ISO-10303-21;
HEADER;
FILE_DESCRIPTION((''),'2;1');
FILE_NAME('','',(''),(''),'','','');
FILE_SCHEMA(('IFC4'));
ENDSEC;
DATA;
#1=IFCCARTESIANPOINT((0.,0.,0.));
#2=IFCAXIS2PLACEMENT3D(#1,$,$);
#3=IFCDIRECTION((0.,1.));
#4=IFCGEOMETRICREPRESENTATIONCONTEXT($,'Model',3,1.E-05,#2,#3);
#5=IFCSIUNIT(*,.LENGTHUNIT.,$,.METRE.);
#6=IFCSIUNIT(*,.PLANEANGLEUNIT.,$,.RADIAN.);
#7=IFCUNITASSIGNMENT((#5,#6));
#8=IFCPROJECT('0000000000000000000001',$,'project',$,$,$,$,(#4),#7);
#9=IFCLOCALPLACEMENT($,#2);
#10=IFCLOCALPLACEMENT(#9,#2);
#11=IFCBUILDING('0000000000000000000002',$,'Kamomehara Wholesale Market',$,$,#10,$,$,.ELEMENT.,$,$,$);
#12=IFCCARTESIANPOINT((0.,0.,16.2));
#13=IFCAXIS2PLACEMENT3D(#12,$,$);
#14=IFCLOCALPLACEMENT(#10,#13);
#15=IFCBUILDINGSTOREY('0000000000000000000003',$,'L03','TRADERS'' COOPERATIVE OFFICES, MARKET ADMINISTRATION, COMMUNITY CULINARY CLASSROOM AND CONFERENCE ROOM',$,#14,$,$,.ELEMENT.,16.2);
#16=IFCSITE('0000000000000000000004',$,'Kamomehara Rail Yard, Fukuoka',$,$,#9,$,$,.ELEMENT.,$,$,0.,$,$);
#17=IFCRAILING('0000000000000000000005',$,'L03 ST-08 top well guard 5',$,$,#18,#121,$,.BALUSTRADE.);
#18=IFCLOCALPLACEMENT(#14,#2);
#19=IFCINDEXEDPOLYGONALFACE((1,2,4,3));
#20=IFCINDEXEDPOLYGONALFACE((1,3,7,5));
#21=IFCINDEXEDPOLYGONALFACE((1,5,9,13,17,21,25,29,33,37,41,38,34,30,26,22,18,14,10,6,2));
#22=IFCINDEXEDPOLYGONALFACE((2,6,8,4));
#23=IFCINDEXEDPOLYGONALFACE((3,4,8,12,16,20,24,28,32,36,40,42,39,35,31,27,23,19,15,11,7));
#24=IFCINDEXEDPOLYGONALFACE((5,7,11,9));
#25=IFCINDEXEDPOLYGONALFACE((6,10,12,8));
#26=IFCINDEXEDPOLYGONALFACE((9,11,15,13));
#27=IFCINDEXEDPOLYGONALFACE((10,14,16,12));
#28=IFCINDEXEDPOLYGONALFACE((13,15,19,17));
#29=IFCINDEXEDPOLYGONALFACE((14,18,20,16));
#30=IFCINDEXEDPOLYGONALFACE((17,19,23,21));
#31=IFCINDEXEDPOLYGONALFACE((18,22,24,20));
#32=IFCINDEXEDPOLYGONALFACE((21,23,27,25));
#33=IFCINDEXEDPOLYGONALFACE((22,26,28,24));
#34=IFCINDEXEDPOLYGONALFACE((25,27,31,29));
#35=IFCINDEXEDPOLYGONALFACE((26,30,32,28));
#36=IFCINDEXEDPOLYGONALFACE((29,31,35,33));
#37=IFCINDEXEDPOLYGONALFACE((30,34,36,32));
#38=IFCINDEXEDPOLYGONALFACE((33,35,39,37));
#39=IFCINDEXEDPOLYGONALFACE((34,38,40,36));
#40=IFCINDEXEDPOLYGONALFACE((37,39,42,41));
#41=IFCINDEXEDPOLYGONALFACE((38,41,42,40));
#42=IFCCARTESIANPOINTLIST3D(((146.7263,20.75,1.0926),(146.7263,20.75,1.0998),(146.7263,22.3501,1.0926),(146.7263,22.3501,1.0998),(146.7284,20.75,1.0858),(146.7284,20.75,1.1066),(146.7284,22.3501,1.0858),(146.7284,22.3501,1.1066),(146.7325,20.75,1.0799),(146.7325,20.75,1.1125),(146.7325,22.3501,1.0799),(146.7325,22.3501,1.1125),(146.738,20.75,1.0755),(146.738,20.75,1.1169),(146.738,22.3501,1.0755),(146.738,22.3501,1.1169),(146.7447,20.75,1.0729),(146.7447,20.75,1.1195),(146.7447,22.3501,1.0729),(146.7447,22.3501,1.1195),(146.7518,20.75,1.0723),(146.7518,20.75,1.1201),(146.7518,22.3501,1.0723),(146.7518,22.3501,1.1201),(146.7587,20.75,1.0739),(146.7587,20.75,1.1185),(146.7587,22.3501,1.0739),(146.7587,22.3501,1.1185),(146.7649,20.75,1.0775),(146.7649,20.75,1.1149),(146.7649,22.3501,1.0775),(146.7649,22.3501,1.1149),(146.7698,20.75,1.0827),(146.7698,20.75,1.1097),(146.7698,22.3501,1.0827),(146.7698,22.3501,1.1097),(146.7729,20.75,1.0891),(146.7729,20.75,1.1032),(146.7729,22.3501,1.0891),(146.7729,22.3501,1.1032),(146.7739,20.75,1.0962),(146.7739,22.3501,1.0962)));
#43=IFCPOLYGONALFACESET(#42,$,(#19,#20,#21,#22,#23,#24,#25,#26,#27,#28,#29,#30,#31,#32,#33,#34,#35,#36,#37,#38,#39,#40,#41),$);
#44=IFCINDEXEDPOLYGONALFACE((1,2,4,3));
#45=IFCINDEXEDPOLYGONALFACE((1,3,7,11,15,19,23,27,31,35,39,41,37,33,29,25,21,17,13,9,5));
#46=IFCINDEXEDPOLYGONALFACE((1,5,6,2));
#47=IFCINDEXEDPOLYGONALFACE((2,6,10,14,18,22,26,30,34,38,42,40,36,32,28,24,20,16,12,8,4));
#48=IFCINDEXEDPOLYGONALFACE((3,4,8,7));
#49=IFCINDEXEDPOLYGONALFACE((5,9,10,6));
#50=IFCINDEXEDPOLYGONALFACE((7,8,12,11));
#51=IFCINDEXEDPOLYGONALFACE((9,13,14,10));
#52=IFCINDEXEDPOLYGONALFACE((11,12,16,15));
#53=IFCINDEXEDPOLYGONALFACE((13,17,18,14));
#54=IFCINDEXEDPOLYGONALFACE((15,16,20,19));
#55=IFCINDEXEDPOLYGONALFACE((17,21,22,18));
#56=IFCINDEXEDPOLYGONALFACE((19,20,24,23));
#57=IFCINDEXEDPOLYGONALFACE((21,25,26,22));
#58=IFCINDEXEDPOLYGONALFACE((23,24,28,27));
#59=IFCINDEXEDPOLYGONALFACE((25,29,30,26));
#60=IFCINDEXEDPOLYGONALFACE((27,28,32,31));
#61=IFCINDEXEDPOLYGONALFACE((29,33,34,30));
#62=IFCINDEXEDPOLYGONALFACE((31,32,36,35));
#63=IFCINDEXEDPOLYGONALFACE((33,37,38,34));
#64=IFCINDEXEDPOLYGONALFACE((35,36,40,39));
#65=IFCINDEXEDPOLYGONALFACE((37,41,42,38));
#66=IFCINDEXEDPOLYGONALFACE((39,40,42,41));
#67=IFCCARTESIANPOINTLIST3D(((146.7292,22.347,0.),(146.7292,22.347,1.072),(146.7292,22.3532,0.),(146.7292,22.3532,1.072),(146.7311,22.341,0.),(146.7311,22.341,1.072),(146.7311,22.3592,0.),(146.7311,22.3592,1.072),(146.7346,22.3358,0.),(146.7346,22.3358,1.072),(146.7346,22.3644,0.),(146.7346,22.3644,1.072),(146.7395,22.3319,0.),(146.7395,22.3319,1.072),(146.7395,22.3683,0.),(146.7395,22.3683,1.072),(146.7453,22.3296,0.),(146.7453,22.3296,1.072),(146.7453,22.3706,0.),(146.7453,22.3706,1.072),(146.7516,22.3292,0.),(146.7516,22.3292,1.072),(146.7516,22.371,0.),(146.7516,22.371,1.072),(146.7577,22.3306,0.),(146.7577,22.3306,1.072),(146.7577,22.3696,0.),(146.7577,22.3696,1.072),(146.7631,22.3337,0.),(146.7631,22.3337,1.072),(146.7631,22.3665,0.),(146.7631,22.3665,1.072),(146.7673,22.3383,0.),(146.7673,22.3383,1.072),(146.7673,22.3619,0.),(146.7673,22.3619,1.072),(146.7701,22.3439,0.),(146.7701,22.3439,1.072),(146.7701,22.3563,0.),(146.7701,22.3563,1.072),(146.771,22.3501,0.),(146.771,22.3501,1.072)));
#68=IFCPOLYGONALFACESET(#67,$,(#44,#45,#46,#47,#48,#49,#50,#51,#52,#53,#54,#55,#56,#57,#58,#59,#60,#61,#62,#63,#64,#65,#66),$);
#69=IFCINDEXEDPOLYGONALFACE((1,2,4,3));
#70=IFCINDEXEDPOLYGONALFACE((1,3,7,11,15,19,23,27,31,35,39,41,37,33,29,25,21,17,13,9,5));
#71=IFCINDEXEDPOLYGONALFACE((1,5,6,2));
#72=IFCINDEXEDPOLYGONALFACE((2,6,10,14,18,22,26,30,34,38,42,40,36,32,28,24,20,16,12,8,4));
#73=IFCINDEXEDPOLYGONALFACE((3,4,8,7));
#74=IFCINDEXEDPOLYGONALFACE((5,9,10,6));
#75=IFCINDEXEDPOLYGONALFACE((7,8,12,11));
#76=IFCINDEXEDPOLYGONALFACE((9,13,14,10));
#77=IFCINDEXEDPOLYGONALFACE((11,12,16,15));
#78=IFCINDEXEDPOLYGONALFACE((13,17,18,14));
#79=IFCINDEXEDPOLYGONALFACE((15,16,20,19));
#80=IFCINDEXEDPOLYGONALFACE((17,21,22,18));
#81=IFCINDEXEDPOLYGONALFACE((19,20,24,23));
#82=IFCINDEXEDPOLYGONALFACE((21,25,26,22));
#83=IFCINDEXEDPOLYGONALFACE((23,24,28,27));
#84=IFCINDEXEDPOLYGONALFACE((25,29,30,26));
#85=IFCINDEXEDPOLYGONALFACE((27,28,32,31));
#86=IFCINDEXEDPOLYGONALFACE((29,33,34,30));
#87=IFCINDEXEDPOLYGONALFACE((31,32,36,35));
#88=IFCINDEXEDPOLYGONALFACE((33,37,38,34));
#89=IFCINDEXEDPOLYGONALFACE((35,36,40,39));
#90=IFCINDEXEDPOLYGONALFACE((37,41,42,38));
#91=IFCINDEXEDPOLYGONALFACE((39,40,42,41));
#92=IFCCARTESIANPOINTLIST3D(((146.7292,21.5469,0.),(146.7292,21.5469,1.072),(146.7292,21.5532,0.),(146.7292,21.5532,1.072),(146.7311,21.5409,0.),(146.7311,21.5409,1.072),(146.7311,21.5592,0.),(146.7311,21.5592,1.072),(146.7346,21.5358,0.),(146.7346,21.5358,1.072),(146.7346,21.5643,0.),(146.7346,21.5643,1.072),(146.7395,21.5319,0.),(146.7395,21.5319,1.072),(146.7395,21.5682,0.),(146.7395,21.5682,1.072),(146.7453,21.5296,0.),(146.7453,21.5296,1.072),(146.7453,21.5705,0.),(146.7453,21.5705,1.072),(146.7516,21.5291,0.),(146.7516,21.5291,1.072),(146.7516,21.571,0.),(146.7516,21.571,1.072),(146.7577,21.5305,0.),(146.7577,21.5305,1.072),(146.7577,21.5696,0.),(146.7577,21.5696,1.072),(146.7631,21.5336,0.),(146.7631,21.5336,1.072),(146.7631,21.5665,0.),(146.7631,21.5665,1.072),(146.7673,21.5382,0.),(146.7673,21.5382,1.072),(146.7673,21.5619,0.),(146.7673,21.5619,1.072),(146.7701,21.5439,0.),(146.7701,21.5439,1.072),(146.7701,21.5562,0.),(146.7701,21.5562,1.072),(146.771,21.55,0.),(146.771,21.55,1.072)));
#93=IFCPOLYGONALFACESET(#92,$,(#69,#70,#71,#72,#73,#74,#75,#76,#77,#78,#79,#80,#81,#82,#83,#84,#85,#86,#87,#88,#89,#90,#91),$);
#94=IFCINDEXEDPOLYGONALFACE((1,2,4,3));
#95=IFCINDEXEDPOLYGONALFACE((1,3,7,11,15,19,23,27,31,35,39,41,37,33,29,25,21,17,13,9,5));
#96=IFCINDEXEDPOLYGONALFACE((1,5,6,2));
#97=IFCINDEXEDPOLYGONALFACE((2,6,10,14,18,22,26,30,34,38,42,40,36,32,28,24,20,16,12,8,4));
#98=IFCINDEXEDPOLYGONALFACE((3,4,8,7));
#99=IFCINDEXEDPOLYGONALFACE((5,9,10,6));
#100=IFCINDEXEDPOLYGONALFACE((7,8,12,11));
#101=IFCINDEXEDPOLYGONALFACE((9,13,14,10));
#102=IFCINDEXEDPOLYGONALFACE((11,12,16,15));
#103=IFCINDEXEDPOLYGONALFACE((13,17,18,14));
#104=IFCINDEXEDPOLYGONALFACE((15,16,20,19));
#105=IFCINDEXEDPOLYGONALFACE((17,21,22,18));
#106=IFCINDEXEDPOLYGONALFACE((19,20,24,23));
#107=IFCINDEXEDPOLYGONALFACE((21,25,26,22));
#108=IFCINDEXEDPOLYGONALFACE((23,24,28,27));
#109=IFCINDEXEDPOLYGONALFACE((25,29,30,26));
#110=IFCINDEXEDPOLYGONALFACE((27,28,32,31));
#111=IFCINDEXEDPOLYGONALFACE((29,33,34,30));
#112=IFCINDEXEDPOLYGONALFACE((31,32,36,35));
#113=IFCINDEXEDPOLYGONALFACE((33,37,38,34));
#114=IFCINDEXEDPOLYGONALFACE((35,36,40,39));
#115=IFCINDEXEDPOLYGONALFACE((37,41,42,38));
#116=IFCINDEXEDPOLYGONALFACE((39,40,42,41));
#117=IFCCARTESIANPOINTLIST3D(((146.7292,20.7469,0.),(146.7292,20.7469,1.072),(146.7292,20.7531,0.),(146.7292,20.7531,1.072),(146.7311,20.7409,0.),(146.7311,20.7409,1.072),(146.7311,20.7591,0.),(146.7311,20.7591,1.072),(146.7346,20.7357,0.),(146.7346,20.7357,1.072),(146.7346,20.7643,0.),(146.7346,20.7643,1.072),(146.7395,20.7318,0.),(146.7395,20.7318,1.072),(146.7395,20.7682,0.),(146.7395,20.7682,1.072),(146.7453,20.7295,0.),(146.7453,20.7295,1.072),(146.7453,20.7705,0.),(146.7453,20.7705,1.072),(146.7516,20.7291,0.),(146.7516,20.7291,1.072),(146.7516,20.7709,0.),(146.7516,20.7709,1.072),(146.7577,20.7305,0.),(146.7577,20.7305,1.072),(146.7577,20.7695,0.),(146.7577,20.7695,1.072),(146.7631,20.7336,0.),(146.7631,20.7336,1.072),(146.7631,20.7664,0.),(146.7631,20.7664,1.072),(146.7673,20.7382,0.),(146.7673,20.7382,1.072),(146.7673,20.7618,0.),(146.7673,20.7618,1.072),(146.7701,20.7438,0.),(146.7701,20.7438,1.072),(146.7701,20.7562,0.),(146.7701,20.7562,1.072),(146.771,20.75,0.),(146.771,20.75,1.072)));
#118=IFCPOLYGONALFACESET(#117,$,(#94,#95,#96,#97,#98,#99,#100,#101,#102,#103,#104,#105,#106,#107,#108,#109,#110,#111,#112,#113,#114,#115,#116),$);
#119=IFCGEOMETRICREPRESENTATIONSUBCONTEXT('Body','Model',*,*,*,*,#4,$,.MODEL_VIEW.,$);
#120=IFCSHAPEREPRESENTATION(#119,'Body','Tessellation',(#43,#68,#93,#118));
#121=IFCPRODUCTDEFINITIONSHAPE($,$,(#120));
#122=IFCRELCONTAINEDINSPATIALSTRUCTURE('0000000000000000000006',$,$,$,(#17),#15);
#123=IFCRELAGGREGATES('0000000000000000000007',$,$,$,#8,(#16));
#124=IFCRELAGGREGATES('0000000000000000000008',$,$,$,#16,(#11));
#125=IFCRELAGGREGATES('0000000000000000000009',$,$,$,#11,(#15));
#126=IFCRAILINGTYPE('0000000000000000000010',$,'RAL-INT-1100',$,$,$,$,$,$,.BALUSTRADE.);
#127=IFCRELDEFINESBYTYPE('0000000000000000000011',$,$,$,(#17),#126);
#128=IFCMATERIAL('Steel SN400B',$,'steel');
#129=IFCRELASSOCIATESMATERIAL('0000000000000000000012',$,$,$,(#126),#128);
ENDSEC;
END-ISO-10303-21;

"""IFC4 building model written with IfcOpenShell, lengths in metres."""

from ifc_helpers import new_model, si_unit, direction, frame, origin, origin_2d, place, context, subcontext, project, spatial, circle, extrude, material, type_object, element, save


model = new_model("IFC4")

# Units and contexts
model_context = context("Model", 3, precision=1e-05, world=origin(), true_north=direction((0.0, 1.0)))
body_context = subcontext(model_context, "Body", "Model", "MODEL_VIEW")
ifc_project = project(units=[si_unit("LENGTHUNIT", "METRE"), si_unit("PLANEANGLEUNIT", "RADIAN")], contexts=[model_context])

# Site, building, storey
site_placement = place(None, origin())
site = spatial("IfcSite", under=ifc_project, at=site_placement, Name="Kamomehara Rail Yard, Fukuoka", CompositionType="ELEMENT", RefElevation=0.0)
building_placement = place(site_placement, origin())
building = spatial("IfcBuilding", under=site, at=building_placement, Name="Kamomehara Wholesale Market", CompositionType="ELEMENT")
storey_placement = place(building_placement, frame((0.0, 0.0, 16.2)))
storey = spatial("IfcBuildingStorey", under=building, at=storey_placement, Name="L03", Description="TRADERS' COOPERATIVE OFFICES, MARKET ADMINISTRATION, COMMUNITY CULINARY CLASSROOM AND CONFERENCE ROOM", CompositionType="ELEMENT", Elevation=16.2)

# Railing
ifc_material_1 = material(Name="Steel SN400B", Category="steel")
railing_type = type_object("IfcRailingType", Name="RAL-INT-1100", PredefinedType="BALUSTRADE", material=ifc_material_1)
railing_1_placement = place(storey_placement, frame((146.75, 22.3501, 0.0)))
element("IfcRailing", 1, at=railing_1_placement, inside=storey, type_object=railing_type, Name="L03 ST-08 top well guard 5", PredefinedType="BALUSTRADE", context=body_context, shape_type="SweptSolid", body=[
    extrude(circle(Radius=0.0239, at=origin_2d()), frame((0.0, 0.0, 1.0962), z_axis=(0.0, -1.0, 0.0), x_axis=(1.0, 0.0, 0.0)), (0.0, 0.0, 1.0), 1.6001),
    extrude(circle(Radius=0.021, at=origin_2d()), origin(), (0.0, 0.0, 1.0), 1.072),
    extrude(circle(Radius=0.021, at=origin_2d()), frame((0.0, -0.8, 0.0)), (0.0, 0.0, 1.0), 1.072),
    extrude(circle(Radius=0.021, at=origin_2d()), frame((0.0, -1.6001, 0.0)), (0.0, 0.0, 1.0), 1.072),
])

save(model, "model.ifc")
